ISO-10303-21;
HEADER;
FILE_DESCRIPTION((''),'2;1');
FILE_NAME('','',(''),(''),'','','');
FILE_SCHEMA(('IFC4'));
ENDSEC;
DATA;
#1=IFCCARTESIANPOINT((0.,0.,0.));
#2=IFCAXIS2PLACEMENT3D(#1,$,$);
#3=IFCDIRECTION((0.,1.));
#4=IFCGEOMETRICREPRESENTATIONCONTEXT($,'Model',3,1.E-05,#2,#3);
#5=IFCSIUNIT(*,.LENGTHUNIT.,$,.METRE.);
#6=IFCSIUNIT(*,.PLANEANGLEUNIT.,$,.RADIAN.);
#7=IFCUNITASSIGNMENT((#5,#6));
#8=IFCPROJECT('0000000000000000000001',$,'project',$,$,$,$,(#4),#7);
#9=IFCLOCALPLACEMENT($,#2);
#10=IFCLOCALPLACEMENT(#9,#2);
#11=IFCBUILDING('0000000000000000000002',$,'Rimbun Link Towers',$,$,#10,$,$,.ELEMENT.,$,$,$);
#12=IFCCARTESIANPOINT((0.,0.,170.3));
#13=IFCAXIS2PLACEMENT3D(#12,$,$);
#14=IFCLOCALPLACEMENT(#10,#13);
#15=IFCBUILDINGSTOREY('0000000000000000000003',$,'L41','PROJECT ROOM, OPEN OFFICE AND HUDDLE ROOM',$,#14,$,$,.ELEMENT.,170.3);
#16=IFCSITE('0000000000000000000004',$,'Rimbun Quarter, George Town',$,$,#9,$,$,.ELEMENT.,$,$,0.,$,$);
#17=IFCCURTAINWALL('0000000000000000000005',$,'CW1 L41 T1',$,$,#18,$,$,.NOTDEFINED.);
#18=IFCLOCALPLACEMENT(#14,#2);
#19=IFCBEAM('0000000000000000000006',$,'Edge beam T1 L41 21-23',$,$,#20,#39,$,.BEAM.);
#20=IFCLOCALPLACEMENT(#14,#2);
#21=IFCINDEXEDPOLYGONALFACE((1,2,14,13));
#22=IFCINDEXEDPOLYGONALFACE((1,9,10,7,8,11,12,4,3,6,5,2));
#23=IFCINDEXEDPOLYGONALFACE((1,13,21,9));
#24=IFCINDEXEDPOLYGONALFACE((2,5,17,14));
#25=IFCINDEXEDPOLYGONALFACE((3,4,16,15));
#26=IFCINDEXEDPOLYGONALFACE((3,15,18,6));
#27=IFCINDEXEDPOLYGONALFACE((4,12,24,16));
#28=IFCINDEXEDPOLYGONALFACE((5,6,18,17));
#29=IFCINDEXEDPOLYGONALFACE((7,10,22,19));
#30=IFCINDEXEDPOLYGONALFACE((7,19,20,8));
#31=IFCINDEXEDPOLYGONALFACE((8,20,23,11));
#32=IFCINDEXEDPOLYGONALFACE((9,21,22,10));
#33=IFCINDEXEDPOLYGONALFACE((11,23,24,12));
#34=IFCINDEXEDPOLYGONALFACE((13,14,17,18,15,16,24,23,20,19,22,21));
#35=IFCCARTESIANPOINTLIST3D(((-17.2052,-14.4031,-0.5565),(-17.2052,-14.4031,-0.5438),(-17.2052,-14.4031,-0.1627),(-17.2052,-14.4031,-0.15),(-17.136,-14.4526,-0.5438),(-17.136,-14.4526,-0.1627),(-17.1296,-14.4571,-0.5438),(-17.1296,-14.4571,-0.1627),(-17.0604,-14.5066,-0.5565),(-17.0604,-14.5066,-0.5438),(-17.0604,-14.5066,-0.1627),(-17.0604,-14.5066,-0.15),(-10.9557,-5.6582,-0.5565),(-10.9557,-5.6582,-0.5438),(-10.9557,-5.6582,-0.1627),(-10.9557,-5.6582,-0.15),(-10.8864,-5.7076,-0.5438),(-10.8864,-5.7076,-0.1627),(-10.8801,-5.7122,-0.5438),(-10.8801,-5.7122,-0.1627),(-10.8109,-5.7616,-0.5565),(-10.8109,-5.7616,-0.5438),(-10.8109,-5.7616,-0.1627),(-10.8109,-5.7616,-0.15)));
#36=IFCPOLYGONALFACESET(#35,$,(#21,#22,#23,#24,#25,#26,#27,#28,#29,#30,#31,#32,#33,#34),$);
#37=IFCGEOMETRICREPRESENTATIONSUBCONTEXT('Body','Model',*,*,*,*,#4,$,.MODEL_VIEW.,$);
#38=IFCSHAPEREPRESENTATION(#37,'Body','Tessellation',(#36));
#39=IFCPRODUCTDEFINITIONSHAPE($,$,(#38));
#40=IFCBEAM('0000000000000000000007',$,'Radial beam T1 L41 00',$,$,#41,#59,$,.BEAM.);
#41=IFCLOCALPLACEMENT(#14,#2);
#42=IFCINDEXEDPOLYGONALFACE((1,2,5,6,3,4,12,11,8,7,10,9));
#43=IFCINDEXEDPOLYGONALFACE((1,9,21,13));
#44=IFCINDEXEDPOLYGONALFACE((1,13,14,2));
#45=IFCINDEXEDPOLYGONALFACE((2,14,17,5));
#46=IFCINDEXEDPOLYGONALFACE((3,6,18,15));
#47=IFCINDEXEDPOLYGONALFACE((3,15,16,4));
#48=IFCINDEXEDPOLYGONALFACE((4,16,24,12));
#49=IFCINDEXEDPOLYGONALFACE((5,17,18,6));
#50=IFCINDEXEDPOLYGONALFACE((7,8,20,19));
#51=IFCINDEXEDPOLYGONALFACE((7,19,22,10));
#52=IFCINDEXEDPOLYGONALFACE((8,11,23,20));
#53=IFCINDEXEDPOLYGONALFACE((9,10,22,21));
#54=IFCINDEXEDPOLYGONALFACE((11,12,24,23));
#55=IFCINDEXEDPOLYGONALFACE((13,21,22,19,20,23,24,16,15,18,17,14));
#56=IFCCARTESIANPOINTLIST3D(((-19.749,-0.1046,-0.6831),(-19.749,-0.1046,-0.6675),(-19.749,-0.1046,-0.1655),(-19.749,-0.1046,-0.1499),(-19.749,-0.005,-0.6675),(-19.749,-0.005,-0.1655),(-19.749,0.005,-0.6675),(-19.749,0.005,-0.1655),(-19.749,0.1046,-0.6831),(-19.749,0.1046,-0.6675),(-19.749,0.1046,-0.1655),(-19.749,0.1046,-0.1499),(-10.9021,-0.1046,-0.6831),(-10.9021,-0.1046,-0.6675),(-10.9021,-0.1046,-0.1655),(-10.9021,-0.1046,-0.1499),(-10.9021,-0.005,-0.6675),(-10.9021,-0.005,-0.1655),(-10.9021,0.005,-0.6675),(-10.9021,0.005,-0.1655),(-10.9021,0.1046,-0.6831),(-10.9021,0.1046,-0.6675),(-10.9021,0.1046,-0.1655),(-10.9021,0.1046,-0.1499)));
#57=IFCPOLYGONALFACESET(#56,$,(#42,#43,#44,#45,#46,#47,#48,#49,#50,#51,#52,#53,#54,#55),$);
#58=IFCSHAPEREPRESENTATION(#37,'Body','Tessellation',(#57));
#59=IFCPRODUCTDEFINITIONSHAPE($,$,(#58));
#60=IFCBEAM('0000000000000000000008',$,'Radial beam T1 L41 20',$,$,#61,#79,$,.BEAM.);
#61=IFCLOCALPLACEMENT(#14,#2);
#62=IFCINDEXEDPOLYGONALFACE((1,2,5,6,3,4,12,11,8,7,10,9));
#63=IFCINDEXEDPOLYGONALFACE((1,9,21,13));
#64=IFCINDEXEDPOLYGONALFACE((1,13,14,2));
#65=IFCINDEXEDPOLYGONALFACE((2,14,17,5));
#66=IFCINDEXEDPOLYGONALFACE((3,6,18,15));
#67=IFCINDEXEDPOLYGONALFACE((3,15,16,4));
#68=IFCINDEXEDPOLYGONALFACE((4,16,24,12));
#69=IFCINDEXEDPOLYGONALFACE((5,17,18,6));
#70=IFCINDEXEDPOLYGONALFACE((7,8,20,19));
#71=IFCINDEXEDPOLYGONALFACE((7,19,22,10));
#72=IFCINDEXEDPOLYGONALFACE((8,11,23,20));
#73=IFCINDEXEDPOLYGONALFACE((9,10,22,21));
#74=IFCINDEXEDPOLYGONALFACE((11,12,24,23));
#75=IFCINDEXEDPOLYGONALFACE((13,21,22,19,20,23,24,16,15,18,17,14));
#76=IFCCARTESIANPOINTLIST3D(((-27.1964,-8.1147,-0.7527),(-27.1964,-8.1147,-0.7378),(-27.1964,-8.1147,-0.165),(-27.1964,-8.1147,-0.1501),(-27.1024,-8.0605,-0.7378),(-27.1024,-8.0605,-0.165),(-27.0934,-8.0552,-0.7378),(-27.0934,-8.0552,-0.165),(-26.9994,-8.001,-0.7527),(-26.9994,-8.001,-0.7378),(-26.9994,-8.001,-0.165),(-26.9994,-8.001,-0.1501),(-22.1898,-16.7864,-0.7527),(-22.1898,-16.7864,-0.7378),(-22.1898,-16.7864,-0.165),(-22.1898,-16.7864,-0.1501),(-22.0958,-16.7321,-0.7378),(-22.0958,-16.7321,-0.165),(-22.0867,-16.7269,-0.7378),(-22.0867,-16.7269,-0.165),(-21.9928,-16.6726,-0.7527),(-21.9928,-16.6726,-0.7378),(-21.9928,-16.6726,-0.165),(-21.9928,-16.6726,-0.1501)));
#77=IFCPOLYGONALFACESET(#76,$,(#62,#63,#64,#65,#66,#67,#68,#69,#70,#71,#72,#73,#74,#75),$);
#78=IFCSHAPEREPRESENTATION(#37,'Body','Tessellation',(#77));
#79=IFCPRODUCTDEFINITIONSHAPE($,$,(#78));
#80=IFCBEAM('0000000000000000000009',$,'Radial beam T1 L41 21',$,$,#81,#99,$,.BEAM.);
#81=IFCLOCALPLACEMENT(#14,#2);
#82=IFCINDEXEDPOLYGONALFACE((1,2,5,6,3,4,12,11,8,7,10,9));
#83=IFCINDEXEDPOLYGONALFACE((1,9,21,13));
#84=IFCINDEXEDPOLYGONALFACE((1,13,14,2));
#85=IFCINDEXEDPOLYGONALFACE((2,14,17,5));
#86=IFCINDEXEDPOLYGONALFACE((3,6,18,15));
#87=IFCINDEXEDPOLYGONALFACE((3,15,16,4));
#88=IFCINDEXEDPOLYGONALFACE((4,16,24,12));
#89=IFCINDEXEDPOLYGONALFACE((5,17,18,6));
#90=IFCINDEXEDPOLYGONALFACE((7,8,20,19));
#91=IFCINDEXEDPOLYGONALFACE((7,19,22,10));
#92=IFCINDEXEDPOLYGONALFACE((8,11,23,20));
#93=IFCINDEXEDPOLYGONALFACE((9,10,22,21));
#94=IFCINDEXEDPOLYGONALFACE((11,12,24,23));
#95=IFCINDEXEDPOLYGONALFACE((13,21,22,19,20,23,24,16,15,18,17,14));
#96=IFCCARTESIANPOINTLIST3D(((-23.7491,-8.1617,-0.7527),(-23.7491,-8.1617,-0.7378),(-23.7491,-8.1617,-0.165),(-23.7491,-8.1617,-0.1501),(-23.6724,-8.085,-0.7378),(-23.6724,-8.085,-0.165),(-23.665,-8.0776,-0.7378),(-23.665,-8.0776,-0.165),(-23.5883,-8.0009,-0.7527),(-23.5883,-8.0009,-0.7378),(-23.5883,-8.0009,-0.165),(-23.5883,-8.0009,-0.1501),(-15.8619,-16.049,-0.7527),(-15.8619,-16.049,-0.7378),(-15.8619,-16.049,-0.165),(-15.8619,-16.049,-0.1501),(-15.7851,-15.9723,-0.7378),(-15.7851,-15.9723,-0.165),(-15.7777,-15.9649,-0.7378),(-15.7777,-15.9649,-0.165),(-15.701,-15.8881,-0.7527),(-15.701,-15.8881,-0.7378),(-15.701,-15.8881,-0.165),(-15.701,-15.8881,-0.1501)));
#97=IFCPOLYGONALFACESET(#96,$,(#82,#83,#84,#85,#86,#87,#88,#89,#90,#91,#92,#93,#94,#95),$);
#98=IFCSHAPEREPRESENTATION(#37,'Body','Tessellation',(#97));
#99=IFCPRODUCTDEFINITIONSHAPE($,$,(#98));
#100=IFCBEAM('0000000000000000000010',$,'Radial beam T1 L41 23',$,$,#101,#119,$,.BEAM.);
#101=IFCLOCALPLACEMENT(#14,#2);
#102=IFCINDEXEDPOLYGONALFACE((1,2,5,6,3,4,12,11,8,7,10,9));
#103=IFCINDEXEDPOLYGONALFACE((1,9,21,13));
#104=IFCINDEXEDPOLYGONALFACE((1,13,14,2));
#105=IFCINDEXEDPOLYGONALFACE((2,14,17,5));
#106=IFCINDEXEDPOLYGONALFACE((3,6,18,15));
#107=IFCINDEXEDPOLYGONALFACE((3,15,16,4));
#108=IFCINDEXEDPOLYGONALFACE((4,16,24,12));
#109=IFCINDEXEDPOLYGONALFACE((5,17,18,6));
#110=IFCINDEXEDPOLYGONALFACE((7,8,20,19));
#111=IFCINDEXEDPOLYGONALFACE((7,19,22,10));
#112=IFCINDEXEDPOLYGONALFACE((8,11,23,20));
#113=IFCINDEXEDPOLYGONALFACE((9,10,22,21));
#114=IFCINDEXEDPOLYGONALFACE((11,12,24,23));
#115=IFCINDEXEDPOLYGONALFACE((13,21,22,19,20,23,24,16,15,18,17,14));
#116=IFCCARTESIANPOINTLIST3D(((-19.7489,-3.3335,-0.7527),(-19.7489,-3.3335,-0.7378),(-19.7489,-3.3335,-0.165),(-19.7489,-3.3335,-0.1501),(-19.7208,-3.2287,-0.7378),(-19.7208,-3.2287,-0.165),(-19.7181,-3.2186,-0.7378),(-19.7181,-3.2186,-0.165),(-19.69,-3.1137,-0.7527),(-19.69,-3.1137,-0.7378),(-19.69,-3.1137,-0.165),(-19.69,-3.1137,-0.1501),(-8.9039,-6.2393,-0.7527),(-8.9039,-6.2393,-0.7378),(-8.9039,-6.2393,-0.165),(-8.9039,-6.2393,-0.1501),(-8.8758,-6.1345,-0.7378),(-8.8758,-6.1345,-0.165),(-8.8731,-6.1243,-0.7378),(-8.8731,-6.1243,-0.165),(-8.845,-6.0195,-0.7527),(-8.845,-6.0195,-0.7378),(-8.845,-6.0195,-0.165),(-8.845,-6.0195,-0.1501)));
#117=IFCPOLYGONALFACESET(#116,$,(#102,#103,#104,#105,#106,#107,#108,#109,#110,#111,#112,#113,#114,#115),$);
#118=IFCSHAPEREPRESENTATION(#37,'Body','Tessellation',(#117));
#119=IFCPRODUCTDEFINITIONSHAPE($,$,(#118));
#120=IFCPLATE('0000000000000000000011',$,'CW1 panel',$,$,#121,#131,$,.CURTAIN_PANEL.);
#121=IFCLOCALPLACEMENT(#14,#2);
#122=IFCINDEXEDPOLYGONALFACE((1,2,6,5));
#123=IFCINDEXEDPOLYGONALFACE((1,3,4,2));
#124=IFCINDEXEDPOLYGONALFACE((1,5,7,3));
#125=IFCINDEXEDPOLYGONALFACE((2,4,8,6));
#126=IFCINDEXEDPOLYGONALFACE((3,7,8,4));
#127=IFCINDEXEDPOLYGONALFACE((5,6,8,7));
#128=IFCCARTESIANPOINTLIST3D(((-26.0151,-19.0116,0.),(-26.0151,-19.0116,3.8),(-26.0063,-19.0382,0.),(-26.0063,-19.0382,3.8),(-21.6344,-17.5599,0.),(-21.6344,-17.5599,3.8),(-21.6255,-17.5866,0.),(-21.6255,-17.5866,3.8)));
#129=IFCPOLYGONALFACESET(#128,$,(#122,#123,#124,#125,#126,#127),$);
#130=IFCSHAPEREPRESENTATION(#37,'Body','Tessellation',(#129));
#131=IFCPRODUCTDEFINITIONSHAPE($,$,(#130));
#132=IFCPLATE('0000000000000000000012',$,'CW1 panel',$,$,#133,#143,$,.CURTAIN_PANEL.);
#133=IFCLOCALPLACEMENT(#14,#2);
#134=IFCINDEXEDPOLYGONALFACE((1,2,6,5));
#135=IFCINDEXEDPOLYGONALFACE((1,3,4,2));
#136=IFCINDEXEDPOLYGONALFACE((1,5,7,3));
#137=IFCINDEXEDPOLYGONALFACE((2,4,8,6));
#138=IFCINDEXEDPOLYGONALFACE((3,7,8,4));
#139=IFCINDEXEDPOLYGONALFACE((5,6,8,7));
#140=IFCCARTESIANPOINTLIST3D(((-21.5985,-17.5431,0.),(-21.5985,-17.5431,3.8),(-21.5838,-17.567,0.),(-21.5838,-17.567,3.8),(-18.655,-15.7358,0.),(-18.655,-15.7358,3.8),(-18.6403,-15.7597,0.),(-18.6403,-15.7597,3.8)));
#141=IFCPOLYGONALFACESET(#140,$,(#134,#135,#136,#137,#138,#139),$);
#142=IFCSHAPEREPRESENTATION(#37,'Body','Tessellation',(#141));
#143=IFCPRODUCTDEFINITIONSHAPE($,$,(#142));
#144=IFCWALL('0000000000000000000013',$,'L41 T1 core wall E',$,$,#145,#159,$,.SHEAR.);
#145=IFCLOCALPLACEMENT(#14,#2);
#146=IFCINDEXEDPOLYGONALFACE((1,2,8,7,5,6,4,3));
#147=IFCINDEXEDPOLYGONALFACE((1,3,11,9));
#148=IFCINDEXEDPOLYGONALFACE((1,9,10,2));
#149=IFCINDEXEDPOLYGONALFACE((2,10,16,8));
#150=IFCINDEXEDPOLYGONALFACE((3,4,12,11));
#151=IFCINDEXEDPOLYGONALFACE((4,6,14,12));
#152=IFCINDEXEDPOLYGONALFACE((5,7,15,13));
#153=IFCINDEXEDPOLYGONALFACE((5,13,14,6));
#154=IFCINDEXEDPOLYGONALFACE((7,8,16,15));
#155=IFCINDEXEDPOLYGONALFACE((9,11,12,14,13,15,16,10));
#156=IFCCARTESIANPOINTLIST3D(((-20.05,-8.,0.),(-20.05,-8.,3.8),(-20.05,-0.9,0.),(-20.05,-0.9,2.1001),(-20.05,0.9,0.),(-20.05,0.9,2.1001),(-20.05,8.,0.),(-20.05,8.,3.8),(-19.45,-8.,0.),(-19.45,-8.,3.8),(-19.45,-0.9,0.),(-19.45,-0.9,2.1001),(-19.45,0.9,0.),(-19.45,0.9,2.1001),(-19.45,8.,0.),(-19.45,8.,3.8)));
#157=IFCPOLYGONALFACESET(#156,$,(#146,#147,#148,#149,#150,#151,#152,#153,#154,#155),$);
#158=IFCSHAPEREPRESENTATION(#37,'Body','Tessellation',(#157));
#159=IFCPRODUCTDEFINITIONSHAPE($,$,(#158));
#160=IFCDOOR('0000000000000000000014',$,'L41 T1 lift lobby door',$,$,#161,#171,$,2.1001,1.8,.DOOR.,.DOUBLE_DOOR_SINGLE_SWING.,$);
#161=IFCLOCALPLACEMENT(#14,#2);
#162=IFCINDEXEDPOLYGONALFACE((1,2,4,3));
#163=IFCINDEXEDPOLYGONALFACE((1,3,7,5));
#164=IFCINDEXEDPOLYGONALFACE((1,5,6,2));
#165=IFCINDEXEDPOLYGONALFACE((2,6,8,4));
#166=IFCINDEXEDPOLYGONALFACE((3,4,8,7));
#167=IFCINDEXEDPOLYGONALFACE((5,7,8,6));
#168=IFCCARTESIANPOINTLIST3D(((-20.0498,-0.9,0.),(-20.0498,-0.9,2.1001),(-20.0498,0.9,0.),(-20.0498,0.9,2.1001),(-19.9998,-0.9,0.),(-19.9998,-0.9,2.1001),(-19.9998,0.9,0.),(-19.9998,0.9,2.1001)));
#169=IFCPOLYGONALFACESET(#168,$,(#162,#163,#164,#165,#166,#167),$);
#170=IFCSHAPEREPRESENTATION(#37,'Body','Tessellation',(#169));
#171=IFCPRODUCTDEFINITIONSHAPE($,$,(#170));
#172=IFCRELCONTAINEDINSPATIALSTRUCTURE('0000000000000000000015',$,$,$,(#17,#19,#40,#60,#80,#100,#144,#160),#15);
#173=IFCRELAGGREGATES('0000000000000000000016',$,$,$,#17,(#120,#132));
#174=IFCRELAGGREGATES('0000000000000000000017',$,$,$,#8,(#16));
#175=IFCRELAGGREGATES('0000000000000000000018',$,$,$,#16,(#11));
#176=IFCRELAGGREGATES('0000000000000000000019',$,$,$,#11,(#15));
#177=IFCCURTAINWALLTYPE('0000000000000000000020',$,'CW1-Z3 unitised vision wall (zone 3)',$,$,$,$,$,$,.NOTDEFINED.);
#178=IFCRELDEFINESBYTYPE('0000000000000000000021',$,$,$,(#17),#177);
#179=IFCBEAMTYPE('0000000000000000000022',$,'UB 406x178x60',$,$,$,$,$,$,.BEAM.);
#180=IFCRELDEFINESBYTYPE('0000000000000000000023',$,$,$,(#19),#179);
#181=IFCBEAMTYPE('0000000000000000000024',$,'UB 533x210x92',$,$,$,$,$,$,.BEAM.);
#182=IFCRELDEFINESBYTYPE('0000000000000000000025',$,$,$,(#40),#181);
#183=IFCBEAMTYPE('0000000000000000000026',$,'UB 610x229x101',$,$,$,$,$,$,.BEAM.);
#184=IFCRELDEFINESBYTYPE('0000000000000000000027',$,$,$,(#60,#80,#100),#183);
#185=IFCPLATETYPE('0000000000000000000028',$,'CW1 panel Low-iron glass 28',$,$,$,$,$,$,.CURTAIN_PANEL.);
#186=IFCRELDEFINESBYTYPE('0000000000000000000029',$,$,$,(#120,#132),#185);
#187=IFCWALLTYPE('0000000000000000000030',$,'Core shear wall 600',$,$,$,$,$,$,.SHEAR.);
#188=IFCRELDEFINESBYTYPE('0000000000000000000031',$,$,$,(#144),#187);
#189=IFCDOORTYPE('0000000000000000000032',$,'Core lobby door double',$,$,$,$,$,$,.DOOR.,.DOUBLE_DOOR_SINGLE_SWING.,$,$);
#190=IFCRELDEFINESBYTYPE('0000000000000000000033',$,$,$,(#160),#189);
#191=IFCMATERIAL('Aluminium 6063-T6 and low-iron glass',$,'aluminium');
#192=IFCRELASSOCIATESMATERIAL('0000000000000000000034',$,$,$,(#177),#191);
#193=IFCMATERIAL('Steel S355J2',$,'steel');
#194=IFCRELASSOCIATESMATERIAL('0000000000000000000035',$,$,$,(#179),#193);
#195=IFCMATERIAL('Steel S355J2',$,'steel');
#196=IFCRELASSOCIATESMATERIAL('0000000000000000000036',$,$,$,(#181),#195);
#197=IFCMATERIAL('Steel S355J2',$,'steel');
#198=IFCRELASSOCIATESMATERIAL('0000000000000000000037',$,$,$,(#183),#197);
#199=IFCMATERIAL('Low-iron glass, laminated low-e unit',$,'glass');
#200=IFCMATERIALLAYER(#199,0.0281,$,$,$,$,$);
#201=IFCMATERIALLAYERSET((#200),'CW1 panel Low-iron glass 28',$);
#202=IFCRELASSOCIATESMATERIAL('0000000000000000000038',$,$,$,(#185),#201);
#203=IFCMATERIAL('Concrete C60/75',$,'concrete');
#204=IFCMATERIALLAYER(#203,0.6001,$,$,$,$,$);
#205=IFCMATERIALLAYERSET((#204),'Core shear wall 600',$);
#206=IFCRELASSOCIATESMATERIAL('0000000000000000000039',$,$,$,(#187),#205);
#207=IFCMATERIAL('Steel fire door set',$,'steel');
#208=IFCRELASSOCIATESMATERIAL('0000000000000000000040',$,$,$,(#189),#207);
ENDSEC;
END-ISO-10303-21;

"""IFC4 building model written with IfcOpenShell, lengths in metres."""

from ifc_helpers import new_model, si_unit, direction, frame, frame_2d, origin, origin_2d, place, context, subcontext, project, spatial, rectangle, i_section, extrude, material, layer, layer_set, material_profile, profile_set, type_object, element, fill, aggregate, save


model = new_model("IFC4")

# Units and contexts
model_context = context("Model", 3, precision=1e-05, world=origin(), true_north=direction((0.0, 1.0)))
body_context = subcontext(model_context, "Body", "Model", "MODEL_VIEW")
ifc_project = project(units=[si_unit("LENGTHUNIT", "METRE"), si_unit("PLANEANGLEUNIT", "RADIAN")], contexts=[model_context])

# Site, building, storey
site_placement = place(None, origin())
site = spatial("IfcSite", under=ifc_project, at=site_placement, Name="Rimbun Quarter, George Town", CompositionType="ELEMENT", RefElevation=0.0)
building_placement = place(site_placement, origin())
building = spatial("IfcBuilding", under=site, at=building_placement, Name="Rimbun Link Towers", CompositionType="ELEMENT")
storey_placement = place(building_placement, frame((0.0, 0.0, 170.3)))
storey = spatial("IfcBuildingStorey", under=building, at=storey_placement, Name="L41", Description="PROJECT ROOM, OPEN OFFICE AND HUDDLE ROOM", CompositionType="ELEMENT", Elevation=170.3)

# Curtain wall
ifc_material_1 = material(Name="Aluminium 6063-T6 and low-iron glass", Category="aluminium")
curtain_wall_type = type_object("IfcCurtainWallType", Name="CW1-Z3 unitised vision wall (zone 3)", PredefinedType="NOTDEFINED", material=ifc_material_1)
curtain_wall_placement = place(storey_placement, origin())
curtain_wall = element("IfcCurtainWall", 1, at=curtain_wall_placement, inside=storey, type_object=curtain_wall_type, Name="CW1 L41 T1", PredefinedType="NOTDEFINED")

# Beams
ifc_material_2 = material(Name="Steel S355J2", Category="steel")
ifc_material_profile_1 = material_profile(ifc_material_2, i_section(OverallWidth=0.178, OverallDepth=0.4065, WebThickness=0.0078, FlangeThickness=0.0127, at=origin_2d()), Name="UB 406x178x60")
ifc_profile_set_1 = profile_set([ifc_material_profile_1], Name="Steel S355J2")
beam_type_1 = type_object("IfcBeamType", Name="UB 406x178x60", PredefinedType="BEAM", material=ifc_profile_set_1)
beam_1_placement = place(storey_placement, frame((-17.1328, -14.4548, -0.3533), z_axis=(0.581434, 0.813594, 0.0), x_axis=(-0.813594, 0.581434, 0.0)))
element("IfcBeam", 2, at=beam_1_placement, inside=storey, type_object=beam_type_1, Name="Edge beam T1 L41 21-23", PredefinedType="BEAM", context=body_context, shape_type="SweptSolid", body=[
    extrude(i_section(OverallWidth=0.178, OverallDepth=0.4065, WebThickness=0.0078, FlangeThickness=0.0127, at=origin_2d()), origin(), (0.0, 0.0, 1.0), 10.7485),
])
ifc_material_3 = material(Name="Steel S355J2", Category="steel")
ifc_material_profile_2 = material_profile(ifc_material_3, i_section(OverallWidth=0.2092, OverallDepth=0.5332, WebThickness=0.01, FlangeThickness=0.0156, at=origin_2d()), Name="UB 533x210x92")
ifc_profile_set_2 = profile_set([ifc_material_profile_2], Name="Steel S355J2")
beam_type_2 = type_object("IfcBeamType", Name="UB 533x210x92", PredefinedType="BEAM", material=ifc_profile_set_2)
beam_2_placement = place(storey_placement, frame((-19.749, 0.0, -0.4165), z_axis=(1.0, 0.0, 0.0), x_axis=(0.0, 1.0, 0.0)))
element("IfcBeam", 3, at=beam_2_placement, inside=storey, type_object=beam_type_2, Name="Radial beam T1 L41 00", PredefinedType="BEAM", context=body_context, shape_type="SweptSolid", body=[
    extrude(i_section(OverallWidth=0.2092, OverallDepth=0.5332, WebThickness=0.01, FlangeThickness=0.0156, at=origin_2d()), origin(), (0.0, 0.0, 1.0), 8.8469),
])
ifc_material_4 = material(Name="Steel S355J2", Category="steel")
ifc_material_profile_3 = material_profile(ifc_material_4, i_section(OverallWidth=0.2275, OverallDepth=0.6025, WebThickness=0.0105, FlangeThickness=0.0149, at=origin_2d()), Name="UB 610x229x101")
ifc_profile_set_3 = profile_set([ifc_material_profile_3], Name="Steel S355J2")
beam_type_3 = type_object("IfcBeamType", Name="UB 610x229x101", PredefinedType="BEAM", material=ifc_profile_set_3)
beam_3_placement = place(storey_placement, frame((-27.0979, -8.0579, -0.4514), z_axis=(0.500002, -0.866024, 0.0), x_axis=(0.866024, 0.500002, 0.0)))
element("IfcBeam", 4, at=beam_3_placement, inside=storey, type_object=beam_type_3, Name="Radial beam T1 L41 20", PredefinedType="BEAM", context=body_context, shape_type="SweptSolid", body=[
    extrude(i_section(OverallWidth=0.2275, OverallDepth=0.6025, WebThickness=0.0105, FlangeThickness=0.0149, at=origin_2d()), origin(), (0.0, 0.0, 1.0), 10.0132),
])
beam_4_placement = place(storey_placement, frame((-23.6687, -8.0813, -0.4514), z_axis=(0.707107, -0.707107, 0.0), x_axis=(0.707107, 0.707107, 0.0)))
element("IfcBeam", 5, at=beam_4_placement, inside=storey, type_object=beam_type_3, Name="Radial beam T1 L41 21", PredefinedType="BEAM", context=body_context, shape_type="SweptSolid", body=[
    extrude(i_section(OverallWidth=0.2275, OverallDepth=0.6025, WebThickness=0.0105, FlangeThickness=0.0149, at=origin_2d()), origin(), (0.0, 0.0, 1.0), 11.1543),
])
beam_5_placement = place(storey_placement, frame((-19.7195, -3.2236, -0.4514), z_axis=(0.965929, -0.258807, 0.0), x_axis=(0.258807, 0.965929, 0.0)))
element("IfcBeam", 6, at=beam_5_placement, inside=storey, type_object=beam_type_3, Name="Radial beam T1 L41 23", PredefinedType="BEAM", context=body_context, shape_type="SweptSolid", body=[
    extrude(i_section(OverallWidth=0.2275, OverallDepth=0.6025, WebThickness=0.0105, FlangeThickness=0.0149, at=origin_2d()), origin(), (0.0, 0.0, 1.0), 11.2275),
])

# Plates
ifc_material_5 = material(Name="Low-iron glass, laminated low-e unit", Category="glass")
ifc_layer_1 = layer(ifc_material_5, 0.0281)
ifc_layer_set_1 = layer_set([ifc_layer_1], Name="CW1 panel Low-iron glass 28")
plate_type = type_object("IfcPlateType", Name="CW1 panel Low-iron glass 28", PredefinedType="CURTAIN_PANEL", material=ifc_layer_set_1)
plate_1_placement = place(storey_placement, frame((-23.8203, -18.2991, 0.0), z_axis=(0.0, 0.0, 1.0), x_axis=(-0.949237, -0.31456, 0.0)))
plate_1 = element("IfcPlate", 7, at=plate_1_placement, type_object=plate_type, Name="CW1 panel", PredefinedType="CURTAIN_PANEL", context=body_context, shape_type="SweptSolid", body=[
    extrude(rectangle(XDim=4.615, YDim=0.0281, at=origin_2d()), origin(), (0.0, 0.0, 1.0), 3.8),
])
plate_2_placement = place(storey_placement, frame((-20.1194, -16.6514, 0.0), z_axis=(0.0, 0.0, 1.0), x_axis=(-0.852191, -0.523231, 0.0)))
plate_2 = element("IfcPlate", 8, at=plate_2_placement, type_object=plate_type, Name="CW1 panel", PredefinedType="CURTAIN_PANEL", context=body_context, shape_type="SweptSolid", body=[
    extrude(rectangle(XDim=3.4541, YDim=0.0281, at=origin_2d()), origin(), (0.0, 0.0, 1.0), 3.8),
])
aggregate(curtain_wall, [plate_1, plate_2])

# Wall, opening, door
ifc_material_6 = material(Name="Concrete C60/75", Category="concrete")
ifc_layer_2 = layer(ifc_material_6, 0.6001)
ifc_layer_set_2 = layer_set([ifc_layer_2], Name="Core shear wall 600")
wall_type_1 = type_object("IfcWallType", Name="Core shear wall 600", PredefinedType="SHEAR", material=ifc_layer_set_2)
wall_1_placement = place(storey_placement, frame((-19.75, -8.0, 0.0), z_axis=(0.0, 0.0, 1.0), x_axis=(0.0, 1.0, 0.0)))
wall_1 = element("IfcWall", 9, at=wall_1_placement, inside=storey, type_object=wall_type_1, Name="L41 T1 core wall E", PredefinedType="SHEAR", context=body_context, shape_type="SweptSolid", body=[
    extrude(rectangle(XDim=16.0, YDim=0.6001, at=frame_2d((8.0, 0.0))), origin(), (0.0, 0.0, 1.0), 3.8),
])
opening_1_placement = place(wall_1_placement, frame((7.1001, 0.0, 0.0)))
opening_1 = element("IfcOpeningElement", 10, at=opening_1_placement, cuts=wall_1, PredefinedType="OPENING", context=body_context, shape_type="SweptSolid", body=[
    extrude(rectangle(XDim=1.8, YDim=2.1001, at=frame_2d((0.8999, 1.05))), frame((0.0, 0.3101, 0.0), z_axis=(0.0, -1.0, 0.0), x_axis=(1.0, 0.0, 0.0)), (0.0, 0.0, 1.0), 0.6201),
])
ifc_material_7 = material(Name="Steel fire door set", Category="steel")
door_type_1 = type_object("IfcDoorType", Name="Core lobby door double", OperationType="DOUBLE_DOOR_SINGLE_SWING", PredefinedType="DOOR", material=ifc_material_7)
door_1_placement = place(opening_1_placement, origin())
door_1 = element("IfcDoor", 11, at=door_1_placement, inside=storey, type_object=door_type_1, Name="L41 T1 lift lobby door", OperationType="DOUBLE_DOOR_SINGLE_SWING", OverallHeight=2.1001, OverallWidth=1.8, PredefinedType="DOOR", context=body_context, shape_type="SweptSolid", body=[
    extrude(rectangle(XDim=1.8, YDim=2.1001, at=frame_2d((0.8999, 1.05))), frame((0.0, 0.2998, 0.0), z_axis=(0.0, -1.0, 0.0), x_axis=(1.0, 0.0, 0.0)), (0.0, 0.0, 1.0), 0.05),
])
fill(opening_1, door_1)

save(model, "model.ifc")
